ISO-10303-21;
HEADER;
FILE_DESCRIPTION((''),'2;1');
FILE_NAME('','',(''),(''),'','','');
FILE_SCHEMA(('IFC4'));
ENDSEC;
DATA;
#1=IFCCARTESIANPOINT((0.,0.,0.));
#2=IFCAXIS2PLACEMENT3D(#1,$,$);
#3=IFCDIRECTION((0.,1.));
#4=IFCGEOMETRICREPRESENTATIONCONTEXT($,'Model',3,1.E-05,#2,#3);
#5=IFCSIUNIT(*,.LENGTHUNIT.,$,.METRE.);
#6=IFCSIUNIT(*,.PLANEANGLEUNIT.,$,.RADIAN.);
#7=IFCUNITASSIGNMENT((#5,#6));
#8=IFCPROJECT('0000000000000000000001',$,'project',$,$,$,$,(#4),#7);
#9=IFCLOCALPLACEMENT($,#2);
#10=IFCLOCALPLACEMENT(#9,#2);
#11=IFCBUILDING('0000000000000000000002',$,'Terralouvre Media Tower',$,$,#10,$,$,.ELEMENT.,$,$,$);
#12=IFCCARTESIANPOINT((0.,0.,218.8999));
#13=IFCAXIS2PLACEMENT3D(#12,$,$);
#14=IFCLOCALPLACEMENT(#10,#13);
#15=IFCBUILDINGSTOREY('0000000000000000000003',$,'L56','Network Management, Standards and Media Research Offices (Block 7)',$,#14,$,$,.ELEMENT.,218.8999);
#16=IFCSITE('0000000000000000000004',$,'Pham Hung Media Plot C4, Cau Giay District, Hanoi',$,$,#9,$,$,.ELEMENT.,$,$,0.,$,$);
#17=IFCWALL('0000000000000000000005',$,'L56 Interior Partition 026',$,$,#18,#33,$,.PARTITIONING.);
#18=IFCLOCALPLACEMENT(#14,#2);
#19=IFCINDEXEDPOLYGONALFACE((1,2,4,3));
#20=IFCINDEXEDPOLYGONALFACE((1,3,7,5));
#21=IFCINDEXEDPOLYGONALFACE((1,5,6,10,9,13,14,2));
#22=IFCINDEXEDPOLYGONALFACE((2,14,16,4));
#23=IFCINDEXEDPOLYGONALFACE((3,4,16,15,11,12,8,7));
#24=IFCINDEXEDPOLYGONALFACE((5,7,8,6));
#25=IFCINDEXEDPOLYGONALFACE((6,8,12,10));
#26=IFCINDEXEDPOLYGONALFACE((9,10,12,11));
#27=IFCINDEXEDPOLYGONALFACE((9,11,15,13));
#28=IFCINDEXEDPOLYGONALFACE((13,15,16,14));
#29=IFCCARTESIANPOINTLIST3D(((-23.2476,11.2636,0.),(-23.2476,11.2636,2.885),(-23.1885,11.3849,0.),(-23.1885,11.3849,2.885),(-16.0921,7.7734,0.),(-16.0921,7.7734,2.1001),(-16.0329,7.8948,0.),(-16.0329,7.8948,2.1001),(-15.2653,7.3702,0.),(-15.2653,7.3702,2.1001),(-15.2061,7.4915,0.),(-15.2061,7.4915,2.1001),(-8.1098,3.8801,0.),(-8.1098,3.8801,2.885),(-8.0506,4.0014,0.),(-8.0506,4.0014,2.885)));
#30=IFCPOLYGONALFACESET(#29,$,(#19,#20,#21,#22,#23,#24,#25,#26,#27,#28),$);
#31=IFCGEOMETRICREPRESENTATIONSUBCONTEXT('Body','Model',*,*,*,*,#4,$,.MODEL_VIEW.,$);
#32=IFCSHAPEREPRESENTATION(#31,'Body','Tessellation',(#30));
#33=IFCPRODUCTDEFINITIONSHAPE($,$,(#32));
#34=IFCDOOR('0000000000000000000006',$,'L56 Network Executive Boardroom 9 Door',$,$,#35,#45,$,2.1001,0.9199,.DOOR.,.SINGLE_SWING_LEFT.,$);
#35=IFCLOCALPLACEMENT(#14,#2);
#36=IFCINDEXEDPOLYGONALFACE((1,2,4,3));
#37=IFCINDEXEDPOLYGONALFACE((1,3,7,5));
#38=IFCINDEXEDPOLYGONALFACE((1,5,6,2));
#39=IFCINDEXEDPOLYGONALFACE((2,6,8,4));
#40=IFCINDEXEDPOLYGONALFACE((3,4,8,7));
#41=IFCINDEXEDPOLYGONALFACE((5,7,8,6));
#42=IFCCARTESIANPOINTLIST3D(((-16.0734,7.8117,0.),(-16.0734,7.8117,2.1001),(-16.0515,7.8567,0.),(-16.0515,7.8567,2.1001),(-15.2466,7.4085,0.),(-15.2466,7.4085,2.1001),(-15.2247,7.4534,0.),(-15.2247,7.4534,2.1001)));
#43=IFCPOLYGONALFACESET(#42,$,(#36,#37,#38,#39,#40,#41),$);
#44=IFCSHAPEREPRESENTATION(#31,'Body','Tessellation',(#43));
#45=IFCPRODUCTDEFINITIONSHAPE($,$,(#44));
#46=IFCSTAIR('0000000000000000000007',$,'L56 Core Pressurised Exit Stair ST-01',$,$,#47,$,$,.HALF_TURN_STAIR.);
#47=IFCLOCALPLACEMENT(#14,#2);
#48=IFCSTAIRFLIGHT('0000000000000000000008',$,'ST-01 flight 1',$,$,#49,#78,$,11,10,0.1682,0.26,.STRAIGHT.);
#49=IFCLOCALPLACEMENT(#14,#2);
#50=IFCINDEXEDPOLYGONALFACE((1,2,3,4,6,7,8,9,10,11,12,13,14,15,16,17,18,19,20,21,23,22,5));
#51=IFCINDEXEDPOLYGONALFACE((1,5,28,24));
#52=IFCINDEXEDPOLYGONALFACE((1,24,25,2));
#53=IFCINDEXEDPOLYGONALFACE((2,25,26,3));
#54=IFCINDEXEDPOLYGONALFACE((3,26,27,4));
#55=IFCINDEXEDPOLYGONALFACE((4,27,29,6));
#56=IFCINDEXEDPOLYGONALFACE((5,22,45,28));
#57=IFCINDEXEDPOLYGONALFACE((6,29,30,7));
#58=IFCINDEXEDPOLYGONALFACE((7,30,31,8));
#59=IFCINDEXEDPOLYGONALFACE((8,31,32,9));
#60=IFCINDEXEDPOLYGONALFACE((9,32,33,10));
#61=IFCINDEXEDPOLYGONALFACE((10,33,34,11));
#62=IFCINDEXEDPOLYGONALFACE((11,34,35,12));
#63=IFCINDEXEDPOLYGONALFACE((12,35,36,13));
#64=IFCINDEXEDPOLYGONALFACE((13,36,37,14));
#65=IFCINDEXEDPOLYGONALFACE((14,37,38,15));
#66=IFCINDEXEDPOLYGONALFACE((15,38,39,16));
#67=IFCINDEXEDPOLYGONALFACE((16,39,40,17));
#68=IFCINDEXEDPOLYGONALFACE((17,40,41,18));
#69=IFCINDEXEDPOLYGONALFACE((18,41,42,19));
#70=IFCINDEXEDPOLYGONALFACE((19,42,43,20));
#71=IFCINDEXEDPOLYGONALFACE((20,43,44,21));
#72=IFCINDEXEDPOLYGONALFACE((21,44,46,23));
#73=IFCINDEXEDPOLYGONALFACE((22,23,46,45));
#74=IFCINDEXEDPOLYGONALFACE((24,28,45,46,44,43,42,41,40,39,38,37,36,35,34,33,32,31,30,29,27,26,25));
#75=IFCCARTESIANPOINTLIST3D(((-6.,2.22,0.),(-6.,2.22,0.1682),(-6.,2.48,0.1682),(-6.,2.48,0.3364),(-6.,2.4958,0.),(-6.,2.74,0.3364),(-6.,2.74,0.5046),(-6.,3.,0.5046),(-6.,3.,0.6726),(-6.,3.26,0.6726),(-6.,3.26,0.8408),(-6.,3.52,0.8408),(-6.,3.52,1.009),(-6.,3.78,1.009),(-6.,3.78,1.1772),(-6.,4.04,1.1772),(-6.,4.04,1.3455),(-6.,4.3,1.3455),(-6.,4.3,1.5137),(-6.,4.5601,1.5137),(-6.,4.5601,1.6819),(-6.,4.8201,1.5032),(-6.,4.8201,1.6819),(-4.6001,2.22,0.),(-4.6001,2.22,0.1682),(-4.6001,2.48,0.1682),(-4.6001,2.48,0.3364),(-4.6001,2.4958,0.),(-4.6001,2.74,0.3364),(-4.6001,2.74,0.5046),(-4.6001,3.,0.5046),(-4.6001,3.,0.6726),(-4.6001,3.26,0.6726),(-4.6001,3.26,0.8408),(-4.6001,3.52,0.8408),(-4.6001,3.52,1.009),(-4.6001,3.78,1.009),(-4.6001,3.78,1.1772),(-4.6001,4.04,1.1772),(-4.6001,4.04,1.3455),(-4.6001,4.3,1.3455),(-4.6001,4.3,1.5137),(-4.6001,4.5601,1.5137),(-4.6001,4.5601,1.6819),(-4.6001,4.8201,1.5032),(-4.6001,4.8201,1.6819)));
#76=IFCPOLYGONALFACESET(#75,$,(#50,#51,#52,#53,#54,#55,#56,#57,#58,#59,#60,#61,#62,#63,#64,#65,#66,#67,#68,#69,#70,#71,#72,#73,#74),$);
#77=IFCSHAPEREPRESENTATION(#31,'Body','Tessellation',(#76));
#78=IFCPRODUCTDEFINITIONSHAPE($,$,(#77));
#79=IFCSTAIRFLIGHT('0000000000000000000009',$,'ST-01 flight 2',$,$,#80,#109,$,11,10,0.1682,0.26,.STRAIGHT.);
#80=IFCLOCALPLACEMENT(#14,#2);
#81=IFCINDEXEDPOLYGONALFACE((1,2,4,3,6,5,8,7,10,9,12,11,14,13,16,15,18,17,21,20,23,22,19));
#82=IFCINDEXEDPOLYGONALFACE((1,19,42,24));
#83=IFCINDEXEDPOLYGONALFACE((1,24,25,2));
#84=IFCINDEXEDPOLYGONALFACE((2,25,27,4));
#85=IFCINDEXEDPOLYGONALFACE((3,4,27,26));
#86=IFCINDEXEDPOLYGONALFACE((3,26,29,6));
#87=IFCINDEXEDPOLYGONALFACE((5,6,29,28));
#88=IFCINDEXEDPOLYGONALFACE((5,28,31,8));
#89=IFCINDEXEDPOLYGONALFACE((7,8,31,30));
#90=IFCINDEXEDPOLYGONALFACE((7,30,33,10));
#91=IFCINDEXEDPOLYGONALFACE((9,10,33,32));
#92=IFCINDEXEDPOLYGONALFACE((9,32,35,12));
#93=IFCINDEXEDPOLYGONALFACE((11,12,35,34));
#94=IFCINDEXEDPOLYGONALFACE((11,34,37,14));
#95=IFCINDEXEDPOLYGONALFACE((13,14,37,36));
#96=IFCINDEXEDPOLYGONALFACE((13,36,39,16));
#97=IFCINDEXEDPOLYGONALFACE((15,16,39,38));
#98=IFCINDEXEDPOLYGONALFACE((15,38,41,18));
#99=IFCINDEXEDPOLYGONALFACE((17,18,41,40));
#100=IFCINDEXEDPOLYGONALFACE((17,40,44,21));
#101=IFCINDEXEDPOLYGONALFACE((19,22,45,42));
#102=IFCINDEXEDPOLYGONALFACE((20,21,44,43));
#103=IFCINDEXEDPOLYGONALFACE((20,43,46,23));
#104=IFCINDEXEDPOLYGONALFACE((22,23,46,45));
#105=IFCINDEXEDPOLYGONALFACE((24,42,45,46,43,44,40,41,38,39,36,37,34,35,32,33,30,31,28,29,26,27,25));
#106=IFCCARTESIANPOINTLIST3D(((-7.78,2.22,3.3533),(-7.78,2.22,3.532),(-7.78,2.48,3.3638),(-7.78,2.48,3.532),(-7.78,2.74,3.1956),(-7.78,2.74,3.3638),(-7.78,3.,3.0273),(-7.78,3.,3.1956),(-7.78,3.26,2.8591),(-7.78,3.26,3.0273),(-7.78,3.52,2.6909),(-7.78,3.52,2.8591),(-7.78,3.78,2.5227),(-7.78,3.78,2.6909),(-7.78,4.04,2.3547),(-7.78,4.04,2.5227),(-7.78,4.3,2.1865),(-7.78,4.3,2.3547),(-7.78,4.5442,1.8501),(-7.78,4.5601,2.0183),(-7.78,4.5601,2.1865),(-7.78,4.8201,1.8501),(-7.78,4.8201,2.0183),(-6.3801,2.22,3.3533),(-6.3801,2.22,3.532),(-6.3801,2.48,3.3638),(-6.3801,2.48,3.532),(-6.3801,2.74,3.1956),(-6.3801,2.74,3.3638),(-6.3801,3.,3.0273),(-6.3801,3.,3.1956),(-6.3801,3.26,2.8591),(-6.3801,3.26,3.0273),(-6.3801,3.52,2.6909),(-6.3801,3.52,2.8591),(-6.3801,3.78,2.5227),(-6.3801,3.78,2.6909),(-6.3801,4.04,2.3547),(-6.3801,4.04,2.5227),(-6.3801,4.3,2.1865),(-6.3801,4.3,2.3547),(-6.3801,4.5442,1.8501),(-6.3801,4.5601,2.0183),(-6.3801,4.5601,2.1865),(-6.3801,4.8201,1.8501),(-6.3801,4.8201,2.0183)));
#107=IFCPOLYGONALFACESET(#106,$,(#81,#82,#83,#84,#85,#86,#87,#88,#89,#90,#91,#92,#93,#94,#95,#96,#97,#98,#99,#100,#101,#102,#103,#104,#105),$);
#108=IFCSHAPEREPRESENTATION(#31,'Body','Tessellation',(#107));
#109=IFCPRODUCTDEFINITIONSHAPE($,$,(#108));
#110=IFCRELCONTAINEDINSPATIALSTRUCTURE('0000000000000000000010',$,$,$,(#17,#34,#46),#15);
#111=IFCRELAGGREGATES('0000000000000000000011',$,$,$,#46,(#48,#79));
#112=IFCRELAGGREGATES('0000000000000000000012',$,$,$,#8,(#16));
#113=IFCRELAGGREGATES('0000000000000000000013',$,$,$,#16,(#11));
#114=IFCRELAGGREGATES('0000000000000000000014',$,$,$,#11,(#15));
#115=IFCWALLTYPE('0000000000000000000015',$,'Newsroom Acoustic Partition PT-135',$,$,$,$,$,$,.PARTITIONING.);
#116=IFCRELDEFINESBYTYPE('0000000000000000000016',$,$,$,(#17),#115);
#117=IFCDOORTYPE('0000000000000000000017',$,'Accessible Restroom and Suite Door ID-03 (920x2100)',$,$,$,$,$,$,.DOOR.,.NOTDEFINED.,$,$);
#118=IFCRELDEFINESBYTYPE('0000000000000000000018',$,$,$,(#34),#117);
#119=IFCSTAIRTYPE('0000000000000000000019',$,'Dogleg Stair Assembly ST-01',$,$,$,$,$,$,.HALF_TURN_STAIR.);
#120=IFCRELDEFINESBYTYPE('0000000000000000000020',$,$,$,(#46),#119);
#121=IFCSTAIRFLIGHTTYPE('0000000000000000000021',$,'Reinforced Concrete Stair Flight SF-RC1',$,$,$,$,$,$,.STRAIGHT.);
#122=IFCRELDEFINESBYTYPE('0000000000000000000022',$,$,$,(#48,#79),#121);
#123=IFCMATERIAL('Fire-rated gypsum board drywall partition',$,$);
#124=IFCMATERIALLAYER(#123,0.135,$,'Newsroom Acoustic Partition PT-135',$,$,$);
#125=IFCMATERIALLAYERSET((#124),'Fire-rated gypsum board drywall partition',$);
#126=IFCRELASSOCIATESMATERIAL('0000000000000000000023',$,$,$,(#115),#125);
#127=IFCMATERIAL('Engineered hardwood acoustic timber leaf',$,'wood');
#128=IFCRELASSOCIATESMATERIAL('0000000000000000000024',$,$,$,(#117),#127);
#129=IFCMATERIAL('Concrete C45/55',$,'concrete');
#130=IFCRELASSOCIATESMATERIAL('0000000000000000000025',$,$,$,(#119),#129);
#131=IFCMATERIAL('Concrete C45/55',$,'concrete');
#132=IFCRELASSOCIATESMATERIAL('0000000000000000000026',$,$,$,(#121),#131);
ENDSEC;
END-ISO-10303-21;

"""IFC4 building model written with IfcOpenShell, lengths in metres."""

from ifc_helpers import new_model, si_unit, direction, frame, frame_2d, origin, place, context, subcontext, project, spatial, polyline, rectangle, outline, extrude, material, layer, layer_set, type_object, element, fill, aggregate, save


model = new_model("IFC4")

# Units and contexts
model_context = context("Model", 3, precision=1e-05, world=origin(), true_north=direction((0.0, 1.0)))
body_context = subcontext(model_context, "Body", "Model", "MODEL_VIEW")
ifc_project = project(units=[si_unit("LENGTHUNIT", "METRE"), si_unit("PLANEANGLEUNIT", "RADIAN")], contexts=[model_context])

# Site, building, storey
site_placement = place(None, origin())
site = spatial("IfcSite", under=ifc_project, at=site_placement, Name="Pham Hung Media Plot C4, Cau Giay District, Hanoi", CompositionType="ELEMENT", RefElevation=0.0)
building_placement = place(site_placement, origin())
building = spatial("IfcBuilding", under=site, at=building_placement, Name="Terralouvre Media Tower", CompositionType="ELEMENT")
storey_placement = place(building_placement, frame((0.0, 0.0, 218.8999)))
storey = spatial("IfcBuildingStorey", under=building, at=storey_placement, Name="L56", Description="Network Management, Standards and Media Research Offices (Block 7)", CompositionType="ELEMENT", Elevation=218.8999)

# Wall, opening, door
ifc_material_1 = material(Name="Fire-rated gypsum board drywall partition")
ifc_layer_1 = layer(ifc_material_1, 0.135, Name="Newsroom Acoustic Partition PT-135")
ifc_layer_set_1 = layer_set([ifc_layer_1], Name="Fire-rated gypsum board drywall partition")
wall_type_1 = type_object("IfcWallType", Name="Newsroom Acoustic Partition PT-135", PredefinedType="PARTITIONING", material=ifc_layer_set_1)
wall_1_placement = place(storey_placement, frame((-8.0801, 3.9407, 0.0), z_axis=(0.0, 0.0, 1.0), x_axis=(-0.898788, 0.438385, 0.0)))
wall_1 = element("IfcWall", 1, at=wall_1_placement, inside=storey, type_object=wall_type_1, Name="L56 Interior Partition 026", PredefinedType="PARTITIONING", context=body_context, shape_type="SweptSolid", body=[
    extrude(rectangle(XDim=16.8425, YDim=0.135, at=frame_2d((8.4214, 0.0))), origin(), (0.0, 0.0, 1.0), 2.885),
])
opening_1_placement = place(wall_1_placement, frame((7.9614, 0.0, 0.0)))
opening_1 = element("IfcOpeningElement", 2, at=opening_1_placement, cuts=wall_1, PredefinedType="OPENING", context=body_context, shape_type="SweptSolid", body=[
    extrude(rectangle(XDim=0.9199, YDim=2.1001, at=frame_2d((0.46, 1.05))), frame((0.0, 0.0774, 0.0), z_axis=(0.0, -1.0, 0.0), x_axis=(1.0, 0.0, 0.0)), (0.0, 0.0, 1.0), 0.155),
])
ifc_material_2 = material(Name="Engineered hardwood acoustic timber leaf", Category="wood")
door_type_1 = type_object("IfcDoorType", Name="Accessible Restroom and Suite Door ID-03 (920x2100)", OperationType="NOTDEFINED", PredefinedType="DOOR", material=ifc_material_2)
door_1_placement = place(opening_1_placement, origin())
door_1 = element("IfcDoor", 3, at=door_1_placement, inside=storey, type_object=door_type_1, Name="L56 Network Executive Boardroom 9 Door", OperationType="SINGLE_SWING_LEFT", OverallHeight=2.1001, OverallWidth=0.9199, PredefinedType="DOOR", context=body_context, shape_type="SweptSolid", body=[
    extrude(rectangle(XDim=0.9199, YDim=2.1001, at=frame_2d((0.46, 1.05))), frame((0.0, 0.0249, 0.0), z_axis=(0.0, -1.0, 0.0), x_axis=(1.0, 0.0, 0.0)), (0.0, 0.0, 1.0), 0.05),
])
fill(opening_1, door_1)

# Stair, stair flights
ifc_material_3 = material(Name="Concrete C45/55", Category="concrete")
stair_type = type_object("IfcStairType", Name="Dogleg Stair Assembly ST-01", PredefinedType="HALF_TURN_STAIR", material=ifc_material_3)
stair_placement = place(storey_placement, origin())
stair = element("IfcStair", 4, at=stair_placement, inside=storey, type_object=stair_type, Name="L56 Core Pressurised Exit Stair ST-01", PredefinedType="HALF_TURN_STAIR")
ifc_material_4 = material(Name="Concrete C45/55", Category="concrete")
stair_flight_type = type_object("IfcStairFlightType", Name="Reinforced Concrete Stair Flight SF-RC1", PredefinedType="STRAIGHT", material=ifc_material_4)
stair_flight_1_placement = place(storey_placement, frame((-5.3, 2.22, 0.0), z_axis=(0.0, 0.0, 1.0), x_axis=(0.0, 1.0, 0.0)))
stair_flight_1 = element("IfcStairFlight", 5, at=stair_flight_1_placement, type_object=stair_flight_type, Name="ST-01 flight 1", NumberOfRisers=11, NumberOfTreads=10, PredefinedType="STRAIGHT", RiserHeight=0.1682, TreadLength=0.26, context=body_context, shape_type="SweptSolid", body=[
    extrude(outline(polyline([(0.0, 0.0), (0.0, 0.1682), (0.26, 0.1682), (0.26, 0.3364), (0.52, 0.3364), (0.52, 0.5046), (0.78, 0.5046), (0.78, 0.6726), (1.04, 0.6726), (1.04, 0.8408), (1.3, 0.8408), (1.3, 1.009), (1.5601, 1.009), (1.5601, 1.1772), (1.8201, 1.1772), (1.8201, 1.3455), (2.0801, 1.3455), (2.0801, 1.5137), (2.3401, 1.5137), (2.3401, 1.6819), (2.6001, 1.6819), (2.6001, 1.8501), (2.6001, 1.5032), (0.2759, 0.0), (0.0, 0.0)])), frame((0.0, 0.7, 0.0), z_axis=(0.0, -1.0, 0.0), x_axis=(1.0, 0.0, 0.0)), (0.0, 0.0, 1.0), 1.3999),
])
stair_flight_2_placement = place(storey_placement, frame((-7.0801, 4.8201, 1.8501), z_axis=(0.0, 0.0, 1.0), x_axis=(0.0, -1.0, 0.0)))
stair_flight_2 = element("IfcStairFlight", 6, at=stair_flight_2_placement, type_object=stair_flight_type, Name="ST-01 flight 2", NumberOfRisers=11, NumberOfTreads=10, PredefinedType="STRAIGHT", RiserHeight=0.1682, TreadLength=0.26, context=body_context, shape_type="SweptSolid", body=[
    extrude(outline(polyline([(0.0, 0.0), (0.0, 0.1682), (0.26, 0.1682), (0.26, 0.3364), (0.52, 0.3364), (0.52, 0.5046), (0.78, 0.5046), (0.78, 0.6726), (1.04, 0.6726), (1.04, 0.8408), (1.3, 0.8408), (1.3, 1.009), (1.5601, 1.009), (1.5601, 1.1772), (1.8201, 1.1772), (1.8201, 1.3455), (2.0801, 1.3455), (2.0801, 1.5137), (2.3401, 1.5137), (2.3401, 1.6819), (2.6001, 1.6819), (2.6001, 1.8501), (2.6001, 1.5032), (0.2759, 0.0), (0.0, 0.0)])), frame((0.0, 0.7, 0.0), z_axis=(0.0, -1.0, 0.0), x_axis=(1.0, 0.0, 0.0)), (0.0, 0.0, 1.0), 1.3999),
])
aggregate(stair, [stair_flight_1, stair_flight_2])

save(model, "model.ifc")
